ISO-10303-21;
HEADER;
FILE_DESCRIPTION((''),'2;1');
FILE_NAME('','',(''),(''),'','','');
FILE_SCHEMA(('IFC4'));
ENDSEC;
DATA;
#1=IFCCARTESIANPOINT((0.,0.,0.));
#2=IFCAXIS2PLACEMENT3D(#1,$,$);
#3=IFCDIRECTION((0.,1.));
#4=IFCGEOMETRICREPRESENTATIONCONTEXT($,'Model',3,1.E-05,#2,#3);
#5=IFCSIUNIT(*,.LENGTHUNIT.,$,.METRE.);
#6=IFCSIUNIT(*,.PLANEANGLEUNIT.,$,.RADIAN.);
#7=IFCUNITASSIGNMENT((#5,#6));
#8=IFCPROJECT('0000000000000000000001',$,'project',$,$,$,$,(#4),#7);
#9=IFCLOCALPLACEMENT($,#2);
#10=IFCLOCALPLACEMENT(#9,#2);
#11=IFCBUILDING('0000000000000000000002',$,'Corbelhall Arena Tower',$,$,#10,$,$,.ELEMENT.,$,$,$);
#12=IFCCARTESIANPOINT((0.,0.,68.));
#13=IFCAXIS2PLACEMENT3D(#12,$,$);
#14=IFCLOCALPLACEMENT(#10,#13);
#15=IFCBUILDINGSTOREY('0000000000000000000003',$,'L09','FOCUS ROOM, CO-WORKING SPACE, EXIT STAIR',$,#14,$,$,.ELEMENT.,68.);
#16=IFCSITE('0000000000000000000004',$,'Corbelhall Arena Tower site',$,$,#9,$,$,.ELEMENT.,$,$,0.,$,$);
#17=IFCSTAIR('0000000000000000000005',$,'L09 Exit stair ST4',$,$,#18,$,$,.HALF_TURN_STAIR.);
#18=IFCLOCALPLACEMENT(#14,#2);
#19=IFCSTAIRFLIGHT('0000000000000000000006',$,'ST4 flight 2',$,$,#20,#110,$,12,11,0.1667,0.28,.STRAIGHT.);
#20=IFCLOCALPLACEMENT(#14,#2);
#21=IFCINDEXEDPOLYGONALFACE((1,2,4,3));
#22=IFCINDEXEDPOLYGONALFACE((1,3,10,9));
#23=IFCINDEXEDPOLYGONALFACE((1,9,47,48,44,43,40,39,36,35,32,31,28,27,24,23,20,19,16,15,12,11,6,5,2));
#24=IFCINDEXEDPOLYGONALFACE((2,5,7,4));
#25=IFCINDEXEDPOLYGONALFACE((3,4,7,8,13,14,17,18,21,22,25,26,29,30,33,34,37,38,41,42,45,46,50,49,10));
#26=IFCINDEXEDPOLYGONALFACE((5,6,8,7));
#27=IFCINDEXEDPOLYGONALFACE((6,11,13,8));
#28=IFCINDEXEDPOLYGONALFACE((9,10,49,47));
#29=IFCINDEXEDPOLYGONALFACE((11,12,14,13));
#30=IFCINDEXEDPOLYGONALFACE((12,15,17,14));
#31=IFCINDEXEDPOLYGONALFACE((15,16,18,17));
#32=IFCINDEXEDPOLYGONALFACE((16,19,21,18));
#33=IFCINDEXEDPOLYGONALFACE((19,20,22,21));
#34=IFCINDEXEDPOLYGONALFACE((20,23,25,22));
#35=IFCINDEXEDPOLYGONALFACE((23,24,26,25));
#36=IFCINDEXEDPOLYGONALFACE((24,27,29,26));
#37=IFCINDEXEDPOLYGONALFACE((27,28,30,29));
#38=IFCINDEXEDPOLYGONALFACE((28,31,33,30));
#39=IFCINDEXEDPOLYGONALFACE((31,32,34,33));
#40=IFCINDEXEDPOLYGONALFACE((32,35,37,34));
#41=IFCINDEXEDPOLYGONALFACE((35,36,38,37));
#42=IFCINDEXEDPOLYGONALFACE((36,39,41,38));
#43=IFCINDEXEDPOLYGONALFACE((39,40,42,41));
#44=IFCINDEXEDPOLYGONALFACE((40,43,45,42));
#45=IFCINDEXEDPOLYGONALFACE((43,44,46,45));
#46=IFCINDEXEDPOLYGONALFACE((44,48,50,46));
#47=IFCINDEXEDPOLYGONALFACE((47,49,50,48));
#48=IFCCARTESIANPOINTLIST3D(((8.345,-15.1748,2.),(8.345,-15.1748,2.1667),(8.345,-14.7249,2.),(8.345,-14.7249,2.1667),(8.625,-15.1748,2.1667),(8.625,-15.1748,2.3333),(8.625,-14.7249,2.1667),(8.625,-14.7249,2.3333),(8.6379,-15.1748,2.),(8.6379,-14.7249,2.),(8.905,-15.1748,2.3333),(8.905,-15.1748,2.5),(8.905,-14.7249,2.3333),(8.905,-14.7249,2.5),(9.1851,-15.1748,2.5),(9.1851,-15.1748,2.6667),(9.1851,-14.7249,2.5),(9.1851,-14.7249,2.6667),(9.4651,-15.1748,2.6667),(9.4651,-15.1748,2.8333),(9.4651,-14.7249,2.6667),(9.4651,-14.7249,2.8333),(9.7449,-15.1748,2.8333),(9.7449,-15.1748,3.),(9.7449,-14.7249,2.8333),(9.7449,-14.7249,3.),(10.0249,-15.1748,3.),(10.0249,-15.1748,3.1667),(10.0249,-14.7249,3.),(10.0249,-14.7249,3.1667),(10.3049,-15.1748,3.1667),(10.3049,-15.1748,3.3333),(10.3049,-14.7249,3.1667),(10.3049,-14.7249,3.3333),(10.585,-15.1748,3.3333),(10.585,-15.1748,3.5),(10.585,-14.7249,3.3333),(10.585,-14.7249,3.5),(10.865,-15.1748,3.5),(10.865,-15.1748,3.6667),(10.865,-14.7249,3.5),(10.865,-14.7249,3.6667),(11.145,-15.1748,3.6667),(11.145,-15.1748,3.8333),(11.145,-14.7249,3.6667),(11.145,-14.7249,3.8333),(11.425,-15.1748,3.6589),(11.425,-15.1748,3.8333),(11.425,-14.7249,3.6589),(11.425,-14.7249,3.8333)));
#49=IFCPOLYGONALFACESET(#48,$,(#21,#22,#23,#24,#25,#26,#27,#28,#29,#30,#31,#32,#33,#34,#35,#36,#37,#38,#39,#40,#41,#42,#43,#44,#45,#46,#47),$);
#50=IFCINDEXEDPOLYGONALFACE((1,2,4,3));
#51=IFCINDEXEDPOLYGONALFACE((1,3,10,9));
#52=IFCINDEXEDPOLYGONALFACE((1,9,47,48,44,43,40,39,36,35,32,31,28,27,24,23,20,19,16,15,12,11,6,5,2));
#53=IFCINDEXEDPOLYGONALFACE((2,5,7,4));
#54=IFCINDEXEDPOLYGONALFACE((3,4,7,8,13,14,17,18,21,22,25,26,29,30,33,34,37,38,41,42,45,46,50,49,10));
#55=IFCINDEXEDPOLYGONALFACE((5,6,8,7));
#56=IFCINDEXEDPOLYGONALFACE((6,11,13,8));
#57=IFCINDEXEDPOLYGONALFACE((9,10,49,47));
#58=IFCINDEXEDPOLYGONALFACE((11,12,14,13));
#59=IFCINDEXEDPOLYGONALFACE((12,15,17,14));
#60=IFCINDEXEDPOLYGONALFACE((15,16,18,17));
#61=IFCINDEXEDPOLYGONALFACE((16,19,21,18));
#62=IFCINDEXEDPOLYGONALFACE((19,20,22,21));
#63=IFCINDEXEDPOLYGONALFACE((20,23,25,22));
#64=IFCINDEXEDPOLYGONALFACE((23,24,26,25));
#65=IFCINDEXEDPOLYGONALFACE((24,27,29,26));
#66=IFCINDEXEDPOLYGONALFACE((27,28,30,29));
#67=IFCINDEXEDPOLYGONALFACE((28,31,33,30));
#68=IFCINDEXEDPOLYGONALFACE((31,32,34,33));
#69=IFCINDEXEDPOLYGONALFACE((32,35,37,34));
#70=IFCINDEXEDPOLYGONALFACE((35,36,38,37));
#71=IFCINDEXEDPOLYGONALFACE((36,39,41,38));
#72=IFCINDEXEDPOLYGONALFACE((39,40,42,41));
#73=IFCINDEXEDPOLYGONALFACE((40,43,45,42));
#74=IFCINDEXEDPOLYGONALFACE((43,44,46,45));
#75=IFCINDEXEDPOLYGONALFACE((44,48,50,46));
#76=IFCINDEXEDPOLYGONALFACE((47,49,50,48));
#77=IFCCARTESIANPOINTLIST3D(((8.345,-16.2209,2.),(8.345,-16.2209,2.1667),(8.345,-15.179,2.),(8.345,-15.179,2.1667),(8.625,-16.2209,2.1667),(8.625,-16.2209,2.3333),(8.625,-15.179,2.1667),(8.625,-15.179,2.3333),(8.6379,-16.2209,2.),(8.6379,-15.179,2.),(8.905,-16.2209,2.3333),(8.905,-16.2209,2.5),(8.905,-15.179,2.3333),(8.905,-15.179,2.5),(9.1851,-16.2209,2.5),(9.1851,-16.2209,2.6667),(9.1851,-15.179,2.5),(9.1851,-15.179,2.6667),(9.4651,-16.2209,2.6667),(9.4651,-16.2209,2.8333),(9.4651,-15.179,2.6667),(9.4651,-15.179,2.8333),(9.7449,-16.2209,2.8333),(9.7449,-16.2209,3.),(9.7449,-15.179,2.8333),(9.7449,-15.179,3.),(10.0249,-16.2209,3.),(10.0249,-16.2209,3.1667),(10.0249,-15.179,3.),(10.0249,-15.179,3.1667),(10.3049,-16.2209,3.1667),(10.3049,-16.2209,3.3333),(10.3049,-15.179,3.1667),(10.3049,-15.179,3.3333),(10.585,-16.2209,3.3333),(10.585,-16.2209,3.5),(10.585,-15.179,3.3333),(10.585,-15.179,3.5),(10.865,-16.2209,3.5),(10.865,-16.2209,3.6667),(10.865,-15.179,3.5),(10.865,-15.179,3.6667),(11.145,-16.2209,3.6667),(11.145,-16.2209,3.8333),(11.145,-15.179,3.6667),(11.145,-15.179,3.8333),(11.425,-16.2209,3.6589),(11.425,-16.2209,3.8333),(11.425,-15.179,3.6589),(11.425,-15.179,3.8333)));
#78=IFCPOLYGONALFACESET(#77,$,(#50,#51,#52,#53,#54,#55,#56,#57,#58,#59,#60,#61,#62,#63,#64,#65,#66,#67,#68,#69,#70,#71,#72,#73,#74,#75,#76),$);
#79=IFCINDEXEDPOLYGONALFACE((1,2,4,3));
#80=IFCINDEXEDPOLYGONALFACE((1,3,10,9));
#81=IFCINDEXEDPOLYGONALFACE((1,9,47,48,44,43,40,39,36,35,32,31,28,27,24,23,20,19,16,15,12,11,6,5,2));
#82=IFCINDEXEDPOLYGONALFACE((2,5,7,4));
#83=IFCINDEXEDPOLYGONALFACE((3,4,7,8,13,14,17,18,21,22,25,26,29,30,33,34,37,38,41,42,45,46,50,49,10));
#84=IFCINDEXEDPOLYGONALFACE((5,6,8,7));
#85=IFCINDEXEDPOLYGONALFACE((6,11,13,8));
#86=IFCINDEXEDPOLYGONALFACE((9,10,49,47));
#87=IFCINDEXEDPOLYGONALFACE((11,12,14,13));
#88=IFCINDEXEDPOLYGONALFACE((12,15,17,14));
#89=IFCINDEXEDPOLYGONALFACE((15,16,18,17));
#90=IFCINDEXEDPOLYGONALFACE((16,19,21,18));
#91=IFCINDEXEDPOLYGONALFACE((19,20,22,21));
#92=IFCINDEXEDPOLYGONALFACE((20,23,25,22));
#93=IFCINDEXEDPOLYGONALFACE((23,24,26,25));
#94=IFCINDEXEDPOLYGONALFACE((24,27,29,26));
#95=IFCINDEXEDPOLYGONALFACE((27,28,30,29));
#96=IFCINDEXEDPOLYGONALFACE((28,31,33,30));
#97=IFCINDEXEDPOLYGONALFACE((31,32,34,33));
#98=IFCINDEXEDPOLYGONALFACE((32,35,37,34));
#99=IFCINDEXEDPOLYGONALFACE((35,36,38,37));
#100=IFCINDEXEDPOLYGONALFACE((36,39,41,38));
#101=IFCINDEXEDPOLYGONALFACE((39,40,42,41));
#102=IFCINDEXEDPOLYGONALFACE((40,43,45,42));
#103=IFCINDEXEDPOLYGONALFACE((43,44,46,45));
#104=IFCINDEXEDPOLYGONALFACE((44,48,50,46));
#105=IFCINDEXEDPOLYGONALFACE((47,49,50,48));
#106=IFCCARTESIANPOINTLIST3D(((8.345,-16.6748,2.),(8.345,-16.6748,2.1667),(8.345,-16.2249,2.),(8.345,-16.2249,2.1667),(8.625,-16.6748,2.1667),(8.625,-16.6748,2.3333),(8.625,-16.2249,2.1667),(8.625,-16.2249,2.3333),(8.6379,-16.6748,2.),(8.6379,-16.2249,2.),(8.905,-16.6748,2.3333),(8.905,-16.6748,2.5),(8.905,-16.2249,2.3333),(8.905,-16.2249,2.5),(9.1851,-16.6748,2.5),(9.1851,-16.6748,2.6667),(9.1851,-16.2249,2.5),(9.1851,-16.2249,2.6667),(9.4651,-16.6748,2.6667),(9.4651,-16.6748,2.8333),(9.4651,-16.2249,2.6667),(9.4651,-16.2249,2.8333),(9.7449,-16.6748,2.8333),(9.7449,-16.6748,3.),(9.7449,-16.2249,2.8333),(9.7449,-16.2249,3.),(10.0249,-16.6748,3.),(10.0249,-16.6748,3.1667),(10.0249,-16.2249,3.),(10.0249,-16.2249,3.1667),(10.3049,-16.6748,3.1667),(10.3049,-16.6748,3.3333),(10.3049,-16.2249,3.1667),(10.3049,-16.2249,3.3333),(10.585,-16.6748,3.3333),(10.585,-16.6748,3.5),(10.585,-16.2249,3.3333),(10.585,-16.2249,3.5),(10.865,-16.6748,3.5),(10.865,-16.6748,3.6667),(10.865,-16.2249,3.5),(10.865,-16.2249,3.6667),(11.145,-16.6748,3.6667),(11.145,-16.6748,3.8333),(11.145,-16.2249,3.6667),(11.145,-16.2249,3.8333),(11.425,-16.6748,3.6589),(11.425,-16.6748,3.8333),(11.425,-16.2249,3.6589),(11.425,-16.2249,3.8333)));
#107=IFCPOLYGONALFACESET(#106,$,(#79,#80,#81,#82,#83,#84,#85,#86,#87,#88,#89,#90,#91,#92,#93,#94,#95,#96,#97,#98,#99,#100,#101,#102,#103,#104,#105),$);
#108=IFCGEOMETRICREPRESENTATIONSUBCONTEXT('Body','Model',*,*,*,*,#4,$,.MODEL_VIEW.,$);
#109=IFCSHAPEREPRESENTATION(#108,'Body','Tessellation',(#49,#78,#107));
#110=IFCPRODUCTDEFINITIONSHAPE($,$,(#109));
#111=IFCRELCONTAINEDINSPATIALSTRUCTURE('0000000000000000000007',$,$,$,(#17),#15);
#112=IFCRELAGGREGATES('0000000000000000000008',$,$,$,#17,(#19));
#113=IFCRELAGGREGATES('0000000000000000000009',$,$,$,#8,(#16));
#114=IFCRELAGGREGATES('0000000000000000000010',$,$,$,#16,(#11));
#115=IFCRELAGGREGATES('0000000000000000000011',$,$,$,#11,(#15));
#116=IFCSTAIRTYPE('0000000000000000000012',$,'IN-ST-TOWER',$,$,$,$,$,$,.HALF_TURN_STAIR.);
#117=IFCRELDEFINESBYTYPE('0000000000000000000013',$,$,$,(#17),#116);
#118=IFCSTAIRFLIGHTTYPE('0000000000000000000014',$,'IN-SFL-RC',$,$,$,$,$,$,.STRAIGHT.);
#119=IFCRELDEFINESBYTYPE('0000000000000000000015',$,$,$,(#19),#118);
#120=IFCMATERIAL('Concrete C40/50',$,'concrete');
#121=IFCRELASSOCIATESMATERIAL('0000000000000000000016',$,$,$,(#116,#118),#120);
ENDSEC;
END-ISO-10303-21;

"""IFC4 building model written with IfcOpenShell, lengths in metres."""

from ifc_helpers import new_model, si_unit, direction, frame, origin, place, context, subcontext, project, spatial, polyline, outline, extrude, material, type_object, element, aggregate, save


model = new_model("IFC4")

# Units and contexts
model_context = context("Model", 3, precision=1e-05, world=origin(), true_north=direction((0.0, 1.0)))
body_context = subcontext(model_context, "Body", "Model", "MODEL_VIEW")
ifc_project = project(units=[si_unit("LENGTHUNIT", "METRE"), si_unit("PLANEANGLEUNIT", "RADIAN")], contexts=[model_context])

# Site, building, storey
site_placement = place(None, origin())
site = spatial("IfcSite", under=ifc_project, at=site_placement, Name="Corbelhall Arena Tower site", CompositionType="ELEMENT", RefElevation=0.0)
building_placement = place(site_placement, origin())
building = spatial("IfcBuilding", under=site, at=building_placement, Name="Corbelhall Arena Tower", CompositionType="ELEMENT")
storey_placement = place(building_placement, frame((0.0, 0.0, 68.0)))
storey = spatial("IfcBuildingStorey", under=building, at=storey_placement, Name="L09", Description="FOCUS ROOM, CO-WORKING SPACE, EXIT STAIR", CompositionType="ELEMENT", Elevation=68.0)

# Shared definitions
ifc_material_1 = material(Name="Concrete C40/50", Category="concrete")

# Stair, stair flight
stair_type = type_object("IfcStairType", Name="IN-ST-TOWER", PredefinedType="HALF_TURN_STAIR", material=ifc_material_1)
stair_placement = place(storey_placement, origin())
stair = element("IfcStair", 1, at=stair_placement, inside=storey, type_object=stair_type, Name="L09 Exit stair ST4", PredefinedType="HALF_TURN_STAIR")
stair_flight_type = type_object("IfcStairFlightType", Name="IN-SFL-RC", PredefinedType="STRAIGHT", material=ifc_material_1)
stair_flight_placement = place(storey_placement, frame((8.345, -15.7, 2.0), z_axis=(0.0, 0.0, 1.0), x_axis=(1.0, 0.0, 0.0)))
stair_flight = element("IfcStairFlight", 2, at=stair_flight_placement, type_object=stair_flight_type, Name="ST4 flight 2", NumberOfRisers=12, NumberOfTreads=11, PredefinedType="STRAIGHT", RiserHeight=0.1667, TreadLength=0.28, context=body_context, shape_type="SweptSolid", body=[
    extrude(outline(polyline([(0.0, 0.0), (0.0, 0.1667), (0.28, 0.1667), (0.28, 0.3333), (0.5601, 0.3333), (0.5601, 0.5), (0.8401, 0.5), (0.8401, 0.6667), (1.1201, 0.6667), (1.1201, 0.8333), (1.3999, 0.8333), (1.3999, 1.0), (1.6799, 1.0), (1.6799, 1.1667), (1.96, 1.1667), (1.96, 1.3333), (2.24, 1.3333), (2.24, 1.5), (2.52, 1.5), (2.52, 1.6667), (2.8, 1.6667), (2.8, 1.8333), (3.0801, 1.8333), (3.0801, 2.0), (3.0801, 1.6589), (0.293, 0.0), (0.0, 0.0)])), frame((0.0, 0.9751, 0.0), z_axis=(0.0, -1.0, 0.0), x_axis=(1.0, 0.0, 0.0)), (0.0, 0.0, 1.0), 0.45),
    extrude(outline(polyline([(0.0, 0.0), (0.0, 0.1667), (0.28, 0.1667), (0.28, 0.3333), (0.5601, 0.3333), (0.5601, 0.5), (0.8401, 0.5), (0.8401, 0.6667), (1.1201, 0.6667), (1.1201, 0.8333), (1.3999, 0.8333), (1.3999, 1.0), (1.6799, 1.0), (1.6799, 1.1667), (1.96, 1.1667), (1.96, 1.3333), (2.24, 1.3333), (2.24, 1.5), (2.52, 1.5), (2.52, 1.6667), (2.8, 1.6667), (2.8, 1.8333), (3.0801, 1.8333), (3.0801, 2.0), (3.0801, 1.6589), (0.293, 0.0), (0.0, 0.0)])), frame((0.0, 0.521, 0.0), z_axis=(0.0, -1.0, 0.0), x_axis=(1.0, 0.0, 0.0)), (0.0, 0.0, 1.0), 1.042),
    extrude(outline(polyline([(0.0, 0.0), (0.0, 0.1667), (0.28, 0.1667), (0.28, 0.3333), (0.5601, 0.3333), (0.5601, 0.5), (0.8401, 0.5), (0.8401, 0.6667), (1.1201, 0.6667), (1.1201, 0.8333), (1.3999, 0.8333), (1.3999, 1.0), (1.6799, 1.0), (1.6799, 1.1667), (1.96, 1.1667), (1.96, 1.3333), (2.24, 1.3333), (2.24, 1.5), (2.52, 1.5), (2.52, 1.6667), (2.8, 1.6667), (2.8, 1.8333), (3.0801, 1.8333), (3.0801, 2.0), (3.0801, 1.6589), (0.293, 0.0), (0.0, 0.0)])), frame((0.0, -0.5249, 0.0), z_axis=(0.0, -1.0, 0.0), x_axis=(1.0, 0.0, 0.0)), (0.0, 0.0, 1.0), 0.45),
])
aggregate(stair, [stair_flight])

save(model, "model.ifc")
